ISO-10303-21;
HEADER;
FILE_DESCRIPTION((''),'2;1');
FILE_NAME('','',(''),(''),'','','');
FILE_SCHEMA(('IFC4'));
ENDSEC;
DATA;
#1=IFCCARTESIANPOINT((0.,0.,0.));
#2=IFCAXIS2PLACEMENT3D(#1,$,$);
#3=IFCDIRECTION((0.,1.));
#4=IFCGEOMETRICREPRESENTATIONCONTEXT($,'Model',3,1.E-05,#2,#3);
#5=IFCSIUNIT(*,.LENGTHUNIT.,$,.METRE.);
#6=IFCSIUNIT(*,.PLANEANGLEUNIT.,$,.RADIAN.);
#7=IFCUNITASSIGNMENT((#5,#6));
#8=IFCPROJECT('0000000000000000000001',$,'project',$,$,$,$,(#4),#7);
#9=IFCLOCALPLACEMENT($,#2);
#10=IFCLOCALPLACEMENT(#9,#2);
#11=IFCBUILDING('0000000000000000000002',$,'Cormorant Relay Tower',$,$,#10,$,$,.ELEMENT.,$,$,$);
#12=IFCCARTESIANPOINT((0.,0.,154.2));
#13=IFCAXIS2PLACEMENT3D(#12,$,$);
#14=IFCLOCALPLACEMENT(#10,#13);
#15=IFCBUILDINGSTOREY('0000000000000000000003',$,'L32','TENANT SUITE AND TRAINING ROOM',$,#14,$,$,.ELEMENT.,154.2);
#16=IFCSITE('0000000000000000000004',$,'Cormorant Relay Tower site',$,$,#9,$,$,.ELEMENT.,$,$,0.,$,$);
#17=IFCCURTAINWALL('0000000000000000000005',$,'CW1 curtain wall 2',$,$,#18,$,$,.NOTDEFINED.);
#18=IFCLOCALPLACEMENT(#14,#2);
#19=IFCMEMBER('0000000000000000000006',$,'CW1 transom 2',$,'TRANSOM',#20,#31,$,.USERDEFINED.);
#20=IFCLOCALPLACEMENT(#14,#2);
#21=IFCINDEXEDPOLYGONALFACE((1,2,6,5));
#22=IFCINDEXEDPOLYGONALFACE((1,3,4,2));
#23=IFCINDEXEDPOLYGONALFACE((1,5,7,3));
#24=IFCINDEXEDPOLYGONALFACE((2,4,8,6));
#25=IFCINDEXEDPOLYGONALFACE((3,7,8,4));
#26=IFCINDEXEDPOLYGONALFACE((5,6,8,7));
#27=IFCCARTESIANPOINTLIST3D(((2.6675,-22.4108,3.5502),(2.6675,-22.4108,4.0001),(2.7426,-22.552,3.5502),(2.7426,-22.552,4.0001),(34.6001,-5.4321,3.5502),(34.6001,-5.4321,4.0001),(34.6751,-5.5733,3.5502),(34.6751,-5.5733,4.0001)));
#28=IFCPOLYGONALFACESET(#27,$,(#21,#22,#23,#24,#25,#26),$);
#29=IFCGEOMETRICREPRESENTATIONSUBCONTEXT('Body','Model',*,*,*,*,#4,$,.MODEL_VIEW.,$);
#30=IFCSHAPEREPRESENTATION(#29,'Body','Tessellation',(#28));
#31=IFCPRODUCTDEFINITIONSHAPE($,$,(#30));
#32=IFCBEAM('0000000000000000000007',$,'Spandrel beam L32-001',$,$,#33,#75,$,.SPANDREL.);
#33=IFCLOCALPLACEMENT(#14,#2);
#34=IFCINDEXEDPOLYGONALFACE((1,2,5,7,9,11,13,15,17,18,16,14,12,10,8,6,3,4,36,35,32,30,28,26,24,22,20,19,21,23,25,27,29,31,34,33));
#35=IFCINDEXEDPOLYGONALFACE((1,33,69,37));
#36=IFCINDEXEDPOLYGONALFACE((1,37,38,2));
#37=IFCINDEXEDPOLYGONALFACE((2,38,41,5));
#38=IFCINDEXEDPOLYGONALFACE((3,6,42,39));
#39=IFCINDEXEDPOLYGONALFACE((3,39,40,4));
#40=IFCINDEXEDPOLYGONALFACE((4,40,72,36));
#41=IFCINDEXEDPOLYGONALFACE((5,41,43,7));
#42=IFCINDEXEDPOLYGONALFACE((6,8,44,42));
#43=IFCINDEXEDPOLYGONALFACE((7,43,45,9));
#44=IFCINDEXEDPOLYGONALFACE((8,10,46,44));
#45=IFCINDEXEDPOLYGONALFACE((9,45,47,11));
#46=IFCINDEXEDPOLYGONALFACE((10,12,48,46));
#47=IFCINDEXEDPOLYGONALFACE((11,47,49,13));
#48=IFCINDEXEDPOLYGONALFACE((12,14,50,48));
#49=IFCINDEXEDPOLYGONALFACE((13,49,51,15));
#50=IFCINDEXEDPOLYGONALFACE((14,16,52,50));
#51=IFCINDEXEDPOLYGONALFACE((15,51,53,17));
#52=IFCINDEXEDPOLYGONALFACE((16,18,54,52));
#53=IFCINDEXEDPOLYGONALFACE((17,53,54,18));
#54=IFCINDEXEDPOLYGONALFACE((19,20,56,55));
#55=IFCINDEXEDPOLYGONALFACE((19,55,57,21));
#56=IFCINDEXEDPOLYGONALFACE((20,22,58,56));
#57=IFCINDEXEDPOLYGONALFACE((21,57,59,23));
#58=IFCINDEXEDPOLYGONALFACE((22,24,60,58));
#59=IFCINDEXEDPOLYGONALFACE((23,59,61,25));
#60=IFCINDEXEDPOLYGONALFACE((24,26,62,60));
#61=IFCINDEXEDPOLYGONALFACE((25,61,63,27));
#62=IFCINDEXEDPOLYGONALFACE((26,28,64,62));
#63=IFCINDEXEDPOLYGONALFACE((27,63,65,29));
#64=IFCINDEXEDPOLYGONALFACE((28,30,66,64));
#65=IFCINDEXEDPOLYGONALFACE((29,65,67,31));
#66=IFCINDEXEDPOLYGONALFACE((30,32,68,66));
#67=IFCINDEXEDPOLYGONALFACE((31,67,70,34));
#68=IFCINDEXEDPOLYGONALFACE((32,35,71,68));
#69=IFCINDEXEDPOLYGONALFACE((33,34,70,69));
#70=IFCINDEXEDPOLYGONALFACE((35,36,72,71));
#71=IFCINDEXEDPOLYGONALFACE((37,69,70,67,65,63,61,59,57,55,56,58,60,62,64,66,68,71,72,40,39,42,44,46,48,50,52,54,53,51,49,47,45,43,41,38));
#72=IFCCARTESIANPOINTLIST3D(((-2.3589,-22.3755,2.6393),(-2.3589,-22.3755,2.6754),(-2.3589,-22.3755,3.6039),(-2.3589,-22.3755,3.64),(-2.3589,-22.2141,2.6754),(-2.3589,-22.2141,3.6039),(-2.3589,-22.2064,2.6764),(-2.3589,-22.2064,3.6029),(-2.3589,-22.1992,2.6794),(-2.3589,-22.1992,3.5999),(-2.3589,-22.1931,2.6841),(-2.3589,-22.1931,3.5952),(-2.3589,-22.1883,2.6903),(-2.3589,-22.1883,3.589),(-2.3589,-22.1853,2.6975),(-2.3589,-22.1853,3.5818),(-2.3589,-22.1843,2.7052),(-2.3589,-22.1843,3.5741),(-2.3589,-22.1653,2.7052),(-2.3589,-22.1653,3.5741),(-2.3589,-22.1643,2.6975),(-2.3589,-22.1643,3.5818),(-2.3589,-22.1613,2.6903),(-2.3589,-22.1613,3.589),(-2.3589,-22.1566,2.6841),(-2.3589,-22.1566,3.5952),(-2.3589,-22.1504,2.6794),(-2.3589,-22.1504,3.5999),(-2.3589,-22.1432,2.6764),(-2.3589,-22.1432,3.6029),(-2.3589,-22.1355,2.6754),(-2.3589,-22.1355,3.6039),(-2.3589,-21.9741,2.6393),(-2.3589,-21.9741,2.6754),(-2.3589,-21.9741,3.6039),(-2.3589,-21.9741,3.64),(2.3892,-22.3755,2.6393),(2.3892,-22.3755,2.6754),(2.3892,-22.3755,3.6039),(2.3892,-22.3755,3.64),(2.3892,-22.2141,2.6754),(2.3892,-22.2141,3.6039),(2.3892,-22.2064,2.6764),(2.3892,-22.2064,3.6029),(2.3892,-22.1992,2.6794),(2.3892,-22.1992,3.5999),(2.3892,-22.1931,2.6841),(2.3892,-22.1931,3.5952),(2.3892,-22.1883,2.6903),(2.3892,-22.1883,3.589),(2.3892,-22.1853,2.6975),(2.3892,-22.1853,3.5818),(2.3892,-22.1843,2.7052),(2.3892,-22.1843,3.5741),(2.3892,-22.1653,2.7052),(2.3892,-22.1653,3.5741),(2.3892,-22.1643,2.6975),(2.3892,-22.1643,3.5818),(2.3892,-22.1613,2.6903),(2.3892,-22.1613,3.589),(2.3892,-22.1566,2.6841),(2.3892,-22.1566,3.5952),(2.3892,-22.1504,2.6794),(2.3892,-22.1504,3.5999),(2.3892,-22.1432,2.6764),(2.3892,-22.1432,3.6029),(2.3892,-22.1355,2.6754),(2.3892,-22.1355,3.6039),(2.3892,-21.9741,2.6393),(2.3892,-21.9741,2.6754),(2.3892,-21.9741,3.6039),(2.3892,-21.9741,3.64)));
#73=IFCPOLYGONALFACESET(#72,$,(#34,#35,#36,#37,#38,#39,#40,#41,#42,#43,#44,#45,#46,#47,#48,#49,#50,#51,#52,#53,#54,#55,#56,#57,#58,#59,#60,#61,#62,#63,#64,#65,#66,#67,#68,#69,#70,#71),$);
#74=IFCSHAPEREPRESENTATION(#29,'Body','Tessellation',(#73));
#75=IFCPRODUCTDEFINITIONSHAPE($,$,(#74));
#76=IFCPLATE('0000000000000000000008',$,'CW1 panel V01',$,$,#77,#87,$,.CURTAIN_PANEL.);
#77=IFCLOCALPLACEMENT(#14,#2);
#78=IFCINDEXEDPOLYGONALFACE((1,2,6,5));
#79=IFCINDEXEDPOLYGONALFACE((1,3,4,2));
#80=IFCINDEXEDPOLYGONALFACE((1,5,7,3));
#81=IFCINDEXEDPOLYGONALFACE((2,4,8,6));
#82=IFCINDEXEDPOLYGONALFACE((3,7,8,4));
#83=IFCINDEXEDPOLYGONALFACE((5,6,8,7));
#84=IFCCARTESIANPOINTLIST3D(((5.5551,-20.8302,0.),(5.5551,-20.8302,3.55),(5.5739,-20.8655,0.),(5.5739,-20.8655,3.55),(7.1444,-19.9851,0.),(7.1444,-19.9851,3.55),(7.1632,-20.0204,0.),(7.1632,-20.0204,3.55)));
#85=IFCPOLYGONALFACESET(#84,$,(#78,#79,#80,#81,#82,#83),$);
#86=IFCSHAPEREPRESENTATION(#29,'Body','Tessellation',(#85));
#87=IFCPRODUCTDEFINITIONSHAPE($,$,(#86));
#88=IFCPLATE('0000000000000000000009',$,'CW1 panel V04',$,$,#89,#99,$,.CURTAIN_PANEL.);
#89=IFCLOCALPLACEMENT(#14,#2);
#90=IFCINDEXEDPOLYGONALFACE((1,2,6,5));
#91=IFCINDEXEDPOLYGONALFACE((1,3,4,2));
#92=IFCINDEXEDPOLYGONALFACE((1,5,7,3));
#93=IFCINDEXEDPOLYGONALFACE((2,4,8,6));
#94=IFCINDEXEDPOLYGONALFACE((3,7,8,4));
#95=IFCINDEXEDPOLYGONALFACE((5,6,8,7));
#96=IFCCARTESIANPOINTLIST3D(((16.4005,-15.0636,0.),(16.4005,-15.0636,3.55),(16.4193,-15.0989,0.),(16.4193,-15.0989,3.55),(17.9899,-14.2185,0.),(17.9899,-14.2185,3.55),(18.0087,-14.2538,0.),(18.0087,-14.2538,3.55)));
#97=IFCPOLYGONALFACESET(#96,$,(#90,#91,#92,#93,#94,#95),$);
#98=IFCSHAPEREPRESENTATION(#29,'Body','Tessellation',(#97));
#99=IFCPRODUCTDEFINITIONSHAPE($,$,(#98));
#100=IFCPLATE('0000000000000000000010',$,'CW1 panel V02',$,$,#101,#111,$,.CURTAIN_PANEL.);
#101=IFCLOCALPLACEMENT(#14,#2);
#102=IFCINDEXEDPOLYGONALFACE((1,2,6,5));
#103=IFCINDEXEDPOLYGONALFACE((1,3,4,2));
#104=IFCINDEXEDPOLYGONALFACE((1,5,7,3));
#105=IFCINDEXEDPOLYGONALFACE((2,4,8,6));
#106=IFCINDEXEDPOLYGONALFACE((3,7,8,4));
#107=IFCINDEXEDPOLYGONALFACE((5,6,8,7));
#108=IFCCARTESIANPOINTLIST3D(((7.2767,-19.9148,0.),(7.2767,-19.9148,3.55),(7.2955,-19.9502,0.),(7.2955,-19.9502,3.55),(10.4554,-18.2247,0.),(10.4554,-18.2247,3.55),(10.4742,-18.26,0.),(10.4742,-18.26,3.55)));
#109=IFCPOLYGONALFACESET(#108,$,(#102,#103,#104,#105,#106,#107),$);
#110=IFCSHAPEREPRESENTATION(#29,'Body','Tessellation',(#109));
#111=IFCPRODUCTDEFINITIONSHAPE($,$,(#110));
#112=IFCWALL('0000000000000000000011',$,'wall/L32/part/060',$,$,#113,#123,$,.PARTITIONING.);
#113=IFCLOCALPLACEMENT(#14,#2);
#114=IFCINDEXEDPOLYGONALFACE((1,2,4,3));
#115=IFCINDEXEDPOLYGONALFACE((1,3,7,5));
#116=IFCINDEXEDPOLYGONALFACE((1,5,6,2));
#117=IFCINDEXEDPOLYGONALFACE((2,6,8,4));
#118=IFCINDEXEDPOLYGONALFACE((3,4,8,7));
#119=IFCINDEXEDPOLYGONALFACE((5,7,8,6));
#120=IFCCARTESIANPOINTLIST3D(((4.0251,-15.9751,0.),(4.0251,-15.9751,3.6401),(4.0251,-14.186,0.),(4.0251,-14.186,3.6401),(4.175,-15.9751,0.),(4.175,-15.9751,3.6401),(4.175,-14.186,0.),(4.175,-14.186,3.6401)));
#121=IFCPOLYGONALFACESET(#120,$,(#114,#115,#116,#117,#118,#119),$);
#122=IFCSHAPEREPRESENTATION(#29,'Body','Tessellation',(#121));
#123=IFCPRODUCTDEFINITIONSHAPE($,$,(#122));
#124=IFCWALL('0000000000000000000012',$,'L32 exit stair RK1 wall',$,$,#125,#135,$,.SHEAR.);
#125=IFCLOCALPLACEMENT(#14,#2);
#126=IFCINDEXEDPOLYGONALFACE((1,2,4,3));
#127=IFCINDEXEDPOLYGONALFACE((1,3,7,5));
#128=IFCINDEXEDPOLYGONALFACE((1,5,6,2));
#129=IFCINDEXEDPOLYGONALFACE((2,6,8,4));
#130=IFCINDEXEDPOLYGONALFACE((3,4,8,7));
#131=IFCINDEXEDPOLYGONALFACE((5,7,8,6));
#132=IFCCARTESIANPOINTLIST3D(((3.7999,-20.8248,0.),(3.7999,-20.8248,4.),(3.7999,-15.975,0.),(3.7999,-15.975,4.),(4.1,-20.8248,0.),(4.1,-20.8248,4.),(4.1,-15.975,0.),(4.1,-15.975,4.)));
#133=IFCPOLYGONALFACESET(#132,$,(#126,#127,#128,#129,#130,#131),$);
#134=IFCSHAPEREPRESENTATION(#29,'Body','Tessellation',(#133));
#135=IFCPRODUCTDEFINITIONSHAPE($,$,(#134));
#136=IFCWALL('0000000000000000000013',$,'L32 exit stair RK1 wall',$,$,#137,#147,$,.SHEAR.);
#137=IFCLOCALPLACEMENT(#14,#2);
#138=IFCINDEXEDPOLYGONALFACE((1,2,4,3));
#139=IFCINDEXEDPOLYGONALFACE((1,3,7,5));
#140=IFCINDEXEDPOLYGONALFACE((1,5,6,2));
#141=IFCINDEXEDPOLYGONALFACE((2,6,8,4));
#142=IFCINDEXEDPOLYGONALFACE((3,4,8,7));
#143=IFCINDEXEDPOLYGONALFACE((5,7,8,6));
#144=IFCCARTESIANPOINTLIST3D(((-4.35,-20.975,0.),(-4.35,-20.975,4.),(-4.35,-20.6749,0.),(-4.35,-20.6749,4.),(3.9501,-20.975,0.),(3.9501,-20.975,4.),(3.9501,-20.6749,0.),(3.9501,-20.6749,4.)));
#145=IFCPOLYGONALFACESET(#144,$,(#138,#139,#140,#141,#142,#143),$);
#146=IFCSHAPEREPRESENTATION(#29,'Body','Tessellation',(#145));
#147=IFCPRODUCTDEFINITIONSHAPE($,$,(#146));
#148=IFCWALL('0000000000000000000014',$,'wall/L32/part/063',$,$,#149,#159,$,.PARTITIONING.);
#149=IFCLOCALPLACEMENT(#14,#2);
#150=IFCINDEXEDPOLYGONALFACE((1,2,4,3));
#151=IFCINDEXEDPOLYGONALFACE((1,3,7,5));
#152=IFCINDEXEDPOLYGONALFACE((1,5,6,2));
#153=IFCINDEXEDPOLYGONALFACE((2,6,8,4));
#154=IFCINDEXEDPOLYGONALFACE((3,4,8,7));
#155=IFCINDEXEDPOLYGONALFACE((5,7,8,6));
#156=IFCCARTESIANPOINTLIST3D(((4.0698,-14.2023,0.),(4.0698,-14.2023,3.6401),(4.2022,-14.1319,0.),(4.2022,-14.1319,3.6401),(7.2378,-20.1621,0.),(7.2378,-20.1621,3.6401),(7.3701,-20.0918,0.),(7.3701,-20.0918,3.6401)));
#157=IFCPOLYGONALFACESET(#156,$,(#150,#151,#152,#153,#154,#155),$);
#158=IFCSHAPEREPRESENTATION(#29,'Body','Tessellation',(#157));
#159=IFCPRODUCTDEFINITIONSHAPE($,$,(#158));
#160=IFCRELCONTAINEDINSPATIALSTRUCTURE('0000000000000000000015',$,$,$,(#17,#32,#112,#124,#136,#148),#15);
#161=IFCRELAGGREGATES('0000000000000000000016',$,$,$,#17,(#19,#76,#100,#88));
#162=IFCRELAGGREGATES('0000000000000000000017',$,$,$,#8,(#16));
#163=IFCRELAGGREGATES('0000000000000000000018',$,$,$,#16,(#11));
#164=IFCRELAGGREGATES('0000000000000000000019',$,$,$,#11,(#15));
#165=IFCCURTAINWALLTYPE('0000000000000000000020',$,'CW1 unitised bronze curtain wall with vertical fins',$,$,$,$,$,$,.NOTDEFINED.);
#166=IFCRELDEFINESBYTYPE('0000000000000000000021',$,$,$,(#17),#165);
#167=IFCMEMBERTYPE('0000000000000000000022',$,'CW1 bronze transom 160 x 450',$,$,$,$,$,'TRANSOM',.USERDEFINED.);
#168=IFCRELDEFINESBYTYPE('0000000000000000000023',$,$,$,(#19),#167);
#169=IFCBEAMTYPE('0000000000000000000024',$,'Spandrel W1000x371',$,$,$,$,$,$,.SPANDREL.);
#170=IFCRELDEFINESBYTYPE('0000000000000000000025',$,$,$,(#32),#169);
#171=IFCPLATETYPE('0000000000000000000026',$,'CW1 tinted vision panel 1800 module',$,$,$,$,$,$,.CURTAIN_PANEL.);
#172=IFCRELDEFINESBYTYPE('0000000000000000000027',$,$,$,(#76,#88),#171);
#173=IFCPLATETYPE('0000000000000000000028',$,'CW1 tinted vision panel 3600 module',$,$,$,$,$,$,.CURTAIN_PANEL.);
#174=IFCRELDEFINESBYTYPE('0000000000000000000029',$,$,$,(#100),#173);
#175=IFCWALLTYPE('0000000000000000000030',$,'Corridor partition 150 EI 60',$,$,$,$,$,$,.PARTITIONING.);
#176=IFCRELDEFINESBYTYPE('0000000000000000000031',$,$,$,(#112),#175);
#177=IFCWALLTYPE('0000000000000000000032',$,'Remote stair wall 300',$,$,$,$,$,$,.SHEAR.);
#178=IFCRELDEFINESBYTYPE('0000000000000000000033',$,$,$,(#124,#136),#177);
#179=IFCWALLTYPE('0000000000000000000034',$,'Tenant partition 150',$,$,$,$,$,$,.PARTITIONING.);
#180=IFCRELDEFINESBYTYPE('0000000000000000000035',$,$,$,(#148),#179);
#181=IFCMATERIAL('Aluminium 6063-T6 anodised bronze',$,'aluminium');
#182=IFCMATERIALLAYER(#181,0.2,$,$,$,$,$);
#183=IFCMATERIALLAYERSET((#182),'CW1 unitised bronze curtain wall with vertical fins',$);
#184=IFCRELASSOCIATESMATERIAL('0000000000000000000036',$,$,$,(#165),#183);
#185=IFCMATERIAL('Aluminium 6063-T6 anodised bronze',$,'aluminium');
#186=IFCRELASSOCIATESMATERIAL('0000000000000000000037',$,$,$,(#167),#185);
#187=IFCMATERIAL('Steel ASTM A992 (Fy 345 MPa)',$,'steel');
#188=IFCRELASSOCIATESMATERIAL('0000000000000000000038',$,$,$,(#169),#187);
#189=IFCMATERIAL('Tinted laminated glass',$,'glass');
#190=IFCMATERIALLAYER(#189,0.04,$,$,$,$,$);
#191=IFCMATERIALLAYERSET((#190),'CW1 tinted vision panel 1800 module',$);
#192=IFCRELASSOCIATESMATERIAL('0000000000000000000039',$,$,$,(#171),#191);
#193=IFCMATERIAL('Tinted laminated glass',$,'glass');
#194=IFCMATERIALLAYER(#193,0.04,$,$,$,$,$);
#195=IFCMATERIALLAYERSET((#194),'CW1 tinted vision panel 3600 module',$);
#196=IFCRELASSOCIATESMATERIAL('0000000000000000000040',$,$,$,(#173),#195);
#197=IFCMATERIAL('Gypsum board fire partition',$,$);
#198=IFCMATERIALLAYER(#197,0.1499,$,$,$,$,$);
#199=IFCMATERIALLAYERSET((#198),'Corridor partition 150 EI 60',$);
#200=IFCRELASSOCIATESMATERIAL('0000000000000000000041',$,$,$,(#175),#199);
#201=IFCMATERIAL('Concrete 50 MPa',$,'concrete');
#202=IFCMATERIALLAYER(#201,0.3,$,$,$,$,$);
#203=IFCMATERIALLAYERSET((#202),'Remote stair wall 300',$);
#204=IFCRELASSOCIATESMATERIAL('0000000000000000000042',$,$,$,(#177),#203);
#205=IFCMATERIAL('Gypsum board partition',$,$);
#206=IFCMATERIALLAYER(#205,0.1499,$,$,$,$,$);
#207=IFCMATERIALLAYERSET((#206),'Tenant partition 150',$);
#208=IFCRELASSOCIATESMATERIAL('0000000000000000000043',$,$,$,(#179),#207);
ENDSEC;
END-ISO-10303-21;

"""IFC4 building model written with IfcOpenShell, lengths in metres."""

from ifc_helpers import new_model, si_unit, direction, frame, frame_2d, origin, origin_2d, place, context, subcontext, project, spatial, rectangle, i_section, extrude, material, layer, layer_set, material_profile, profile_set, type_object, element, aggregate, save


model = new_model("IFC4")

# Units and contexts
model_context = context("Model", 3, precision=1e-05, world=origin(), true_north=direction((0.0, 1.0)))
body_context = subcontext(model_context, "Body", "Model", "MODEL_VIEW")
ifc_project = project(units=[si_unit("LENGTHUNIT", "METRE"), si_unit("PLANEANGLEUNIT", "RADIAN")], contexts=[model_context])

# Site, building, storey
site_placement = place(None, origin())
site = spatial("IfcSite", under=ifc_project, at=site_placement, Name="Cormorant Relay Tower site", CompositionType="ELEMENT", RefElevation=0.0)
building_placement = place(site_placement, origin())
building = spatial("IfcBuilding", under=site, at=building_placement, Name="Cormorant Relay Tower", CompositionType="ELEMENT")
storey_placement = place(building_placement, frame((0.0, 0.0, 154.2)))
storey = spatial("IfcBuildingStorey", under=building, at=storey_placement, Name="L32", Description="TENANT SUITE AND TRAINING ROOM", CompositionType="ELEMENT", Elevation=154.2)

# Curtain wall, member
ifc_material_1 = material(Name="Aluminium 6063-T6 anodised bronze", Category="aluminium")
ifc_layer_1 = layer(ifc_material_1, 0.2)
ifc_layer_set_1 = layer_set([ifc_layer_1], Name="CW1 unitised bronze curtain wall with vertical fins")
curtain_wall_type = type_object("IfcCurtainWallType", Name="CW1 unitised bronze curtain wall with vertical fins", PredefinedType="NOTDEFINED", material=ifc_layer_set_1)
curtain_wall_1_placement = place(storey_placement, origin())
curtain_wall_1 = element("IfcCurtainWall", 1, at=curtain_wall_1_placement, inside=storey, type_object=curtain_wall_type, Name="CW1 curtain wall 2", PredefinedType="NOTDEFINED")
ifc_material_2 = material(Name="Aluminium 6063-T6 anodised bronze", Category="aluminium")
ifc_material_profile_1 = material_profile(ifc_material_2, rectangle(XDim=0.1599, YDim=0.45, at=origin_2d()), Name="AL 160x450")
ifc_profile_set_1 = profile_set([ifc_material_profile_1], Name="Aluminium 6063-T6 anodised bronze")
member_type_1 = type_object("IfcMemberType", Name="CW1 bronze transom 160 x 450", ElementType="TRANSOM", PredefinedType="USERDEFINED", material=ifc_profile_set_1)
member_1_placement = place(storey_placement, frame((2.7051, -22.4814, 3.7751), z_axis=(0.882949, 0.469469, 0.0), x_axis=(-0.469469, 0.882949, 0.0)))
member_1 = element("IfcMember", 2, at=member_1_placement, type_object=member_type_1, Name="CW1 transom 2", ObjectType="TRANSOM", PredefinedType="USERDEFINED", context=body_context, shape_type="SweptSolid", body=[
    extrude(rectangle(XDim=0.1599, YDim=0.45, at=origin_2d()), origin(), (0.0, 0.0, 1.0), 36.1658),
])

# Beam
ifc_material_3 = material(Name="Steel ASTM A992 (Fy 345 MPa)", Category="steel")
ifc_material_profile_2 = material_profile(ifc_material_3, i_section(OverallWidth=0.4014, OverallDepth=1.0007, WebThickness=0.019, FlangeThickness=0.0361, FilletRadius=0.0298, at=origin_2d()), Name="W1000x371")
ifc_profile_set_2 = profile_set([ifc_material_profile_2], Name="Steel ASTM A992 (Fy 345 MPa)")
beam_type = type_object("IfcBeamType", Name="Spandrel W1000x371", PredefinedType="SPANDREL", material=ifc_profile_set_2)
beam_placement = place(storey_placement, frame((-2.3589, -22.1748, 3.1396), z_axis=(1.0, 0.0, 0.0), x_axis=(0.0, 1.0, 0.0)))
element("IfcBeam", 3, at=beam_placement, inside=storey, type_object=beam_type, Name="Spandrel beam L32-001", PredefinedType="SPANDREL", context=body_context, shape_type="SweptSolid", body=[
    extrude(i_section(OverallWidth=0.4014, OverallDepth=1.0007, WebThickness=0.019, FlangeThickness=0.0361, FilletRadius=0.0298, at=origin_2d()), origin(), (0.0, 0.0, 1.0), 4.748),
])

# Plates
ifc_material_4 = material(Name="Tinted laminated glass", Category="glass")
ifc_layer_2 = layer(ifc_material_4, 0.04)
ifc_layer_set_2 = layer_set([ifc_layer_2], Name="CW1 tinted vision panel 1800 module")
plate_type_1 = type_object("IfcPlateType", Name="CW1 tinted vision panel 1800 module", PredefinedType="CURTAIN_PANEL", material=ifc_layer_set_2)
plate_1_placement = place(storey_placement, frame((6.3591, -20.4253, 0.0), z_axis=(0.0, 0.0, 1.0), x_axis=(0.882948, 0.469472, 0.0)))
plate_1 = element("IfcPlate", 4, at=plate_1_placement, type_object=plate_type_1, Name="CW1 panel V01", PredefinedType="CURTAIN_PANEL", context=body_context, shape_type="SweptSolid", body=[
    extrude(rectangle(XDim=1.8, YDim=0.04, at=origin_2d()), origin(), (0.0, 0.0, 1.0), 3.55),
])
plate_2_placement = place(storey_placement, frame((17.2046, -14.6587, 0.0), z_axis=(0.0, 0.0, 1.0), x_axis=(0.882948, 0.469472, 0.0)))
plate_2 = element("IfcPlate", 5, at=plate_2_placement, type_object=plate_type_1, Name="CW1 panel V04", PredefinedType="CURTAIN_PANEL", context=body_context, shape_type="SweptSolid", body=[
    extrude(rectangle(XDim=1.8, YDim=0.04, at=origin_2d()), origin(), (0.0, 0.0, 1.0), 3.55),
])
ifc_material_5 = material(Name="Tinted laminated glass", Category="glass")
ifc_layer_3 = layer(ifc_material_5, 0.04)
ifc_layer_set_3 = layer_set([ifc_layer_3], Name="CW1 tinted vision panel 3600 module")
plate_type_2 = type_object("IfcPlateType", Name="CW1 tinted vision panel 3600 module", PredefinedType="CURTAIN_PANEL", material=ifc_layer_set_3)
plate_3_placement = place(storey_placement, frame((8.8755, -19.0874, 0.0), z_axis=(0.0, 0.0, 1.0), x_axis=(0.882948, 0.469472, 0.0)))
plate_3 = element("IfcPlate", 6, at=plate_3_placement, type_object=plate_type_2, Name="CW1 panel V02", PredefinedType="CURTAIN_PANEL", context=body_context, shape_type="SweptSolid", body=[
    extrude(rectangle(XDim=3.6001, YDim=0.04, at=origin_2d()), origin(), (0.0, 0.0, 1.0), 3.55),
])

# Walls
ifc_material_6 = material(Name="Gypsum board fire partition")
ifc_layer_4 = layer(ifc_material_6, 0.1499)
ifc_layer_set_4 = layer_set([ifc_layer_4], Name="Corridor partition 150 EI 60")
wall_type_1 = type_object("IfcWallType", Name="Corridor partition 150 EI 60", PredefinedType="PARTITIONING", material=ifc_layer_set_4)
wall_1_placement = place(storey_placement, frame((4.1001, -14.186, 0.0), z_axis=(0.0, 0.0, 1.0), x_axis=(0.0, -1.0, 0.0)))
element("IfcWall", 7, at=wall_1_placement, inside=storey, type_object=wall_type_1, Name="wall/L32/part/060", PredefinedType="PARTITIONING", context=body_context, shape_type="SweptSolid", body=[
    extrude(rectangle(XDim=1.7891, YDim=0.1499, at=frame_2d((0.8945, 0.0))), origin(), (0.0, 0.0, 1.0), 3.6401),
])
ifc_material_7 = material(Name="Concrete 50 MPa", Category="concrete")
ifc_layer_5 = layer(ifc_material_7, 0.3)
ifc_layer_set_5 = layer_set([ifc_layer_5], Name="Remote stair wall 300")
wall_type_2 = type_object("IfcWallType", Name="Remote stair wall 300", PredefinedType="SHEAR", material=ifc_layer_set_5)
wall_2_placement = place(storey_placement, frame((3.95, -15.9751, 0.0), z_axis=(0.0, 0.0, 1.0), x_axis=(0.0, -1.0, 0.0)))
element("IfcWall", 8, at=wall_2_placement, inside=storey, type_object=wall_type_2, Name="L32 exit stair RK1 wall", PredefinedType="SHEAR", context=body_context, shape_type="SweptSolid", body=[
    extrude(rectangle(XDim=4.8499, YDim=0.3, at=frame_2d((2.4248, 0.0))), origin(), (0.0, 0.0, 1.0), 4.0),
])
wall_3_placement = place(storey_placement, frame((3.95, -20.825, 0.0), z_axis=(0.0, 0.0, 1.0), x_axis=(-1.0, 0.0, 0.0)))
element("IfcWall", 9, at=wall_3_placement, inside=storey, type_object=wall_type_2, Name="L32 exit stair RK1 wall", PredefinedType="SHEAR", context=body_context, shape_type="SweptSolid", body=[
    extrude(rectangle(XDim=8.3, YDim=0.3, at=frame_2d((4.1499, 0.0))), origin(), (0.0, 0.0, 1.0), 4.0),
])
ifc_material_8 = material(Name="Gypsum board partition")
ifc_layer_6 = layer(ifc_material_8, 0.1499)
ifc_layer_set_6 = layer_set([ifc_layer_6], Name="Tenant partition 150")
wall_type_3 = type_object("IfcWallType", Name="Tenant partition 150", PredefinedType="PARTITIONING", material=ifc_layer_set_6)
wall_4_placement = place(storey_placement, frame((7.304, -20.127, 0.0), z_axis=(0.0, 0.0, 1.0), x_axis=(-0.469356, 0.883009, 0.0)))
element("IfcWall", 10, at=wall_4_placement, inside=storey, type_object=wall_type_3, Name="wall/L32/part/063", PredefinedType="PARTITIONING", context=body_context, shape_type="SweptSolid", body=[
    extrude(rectangle(XDim=6.7495, YDim=0.1499, at=frame_2d((3.3748, 0.0))), origin(), (0.0, 0.0, 1.0), 3.6401),
])

aggregate(curtain_wall_1, [member_1, plate_1, plate_3, plate_2])

save(model, "model.ifc")
